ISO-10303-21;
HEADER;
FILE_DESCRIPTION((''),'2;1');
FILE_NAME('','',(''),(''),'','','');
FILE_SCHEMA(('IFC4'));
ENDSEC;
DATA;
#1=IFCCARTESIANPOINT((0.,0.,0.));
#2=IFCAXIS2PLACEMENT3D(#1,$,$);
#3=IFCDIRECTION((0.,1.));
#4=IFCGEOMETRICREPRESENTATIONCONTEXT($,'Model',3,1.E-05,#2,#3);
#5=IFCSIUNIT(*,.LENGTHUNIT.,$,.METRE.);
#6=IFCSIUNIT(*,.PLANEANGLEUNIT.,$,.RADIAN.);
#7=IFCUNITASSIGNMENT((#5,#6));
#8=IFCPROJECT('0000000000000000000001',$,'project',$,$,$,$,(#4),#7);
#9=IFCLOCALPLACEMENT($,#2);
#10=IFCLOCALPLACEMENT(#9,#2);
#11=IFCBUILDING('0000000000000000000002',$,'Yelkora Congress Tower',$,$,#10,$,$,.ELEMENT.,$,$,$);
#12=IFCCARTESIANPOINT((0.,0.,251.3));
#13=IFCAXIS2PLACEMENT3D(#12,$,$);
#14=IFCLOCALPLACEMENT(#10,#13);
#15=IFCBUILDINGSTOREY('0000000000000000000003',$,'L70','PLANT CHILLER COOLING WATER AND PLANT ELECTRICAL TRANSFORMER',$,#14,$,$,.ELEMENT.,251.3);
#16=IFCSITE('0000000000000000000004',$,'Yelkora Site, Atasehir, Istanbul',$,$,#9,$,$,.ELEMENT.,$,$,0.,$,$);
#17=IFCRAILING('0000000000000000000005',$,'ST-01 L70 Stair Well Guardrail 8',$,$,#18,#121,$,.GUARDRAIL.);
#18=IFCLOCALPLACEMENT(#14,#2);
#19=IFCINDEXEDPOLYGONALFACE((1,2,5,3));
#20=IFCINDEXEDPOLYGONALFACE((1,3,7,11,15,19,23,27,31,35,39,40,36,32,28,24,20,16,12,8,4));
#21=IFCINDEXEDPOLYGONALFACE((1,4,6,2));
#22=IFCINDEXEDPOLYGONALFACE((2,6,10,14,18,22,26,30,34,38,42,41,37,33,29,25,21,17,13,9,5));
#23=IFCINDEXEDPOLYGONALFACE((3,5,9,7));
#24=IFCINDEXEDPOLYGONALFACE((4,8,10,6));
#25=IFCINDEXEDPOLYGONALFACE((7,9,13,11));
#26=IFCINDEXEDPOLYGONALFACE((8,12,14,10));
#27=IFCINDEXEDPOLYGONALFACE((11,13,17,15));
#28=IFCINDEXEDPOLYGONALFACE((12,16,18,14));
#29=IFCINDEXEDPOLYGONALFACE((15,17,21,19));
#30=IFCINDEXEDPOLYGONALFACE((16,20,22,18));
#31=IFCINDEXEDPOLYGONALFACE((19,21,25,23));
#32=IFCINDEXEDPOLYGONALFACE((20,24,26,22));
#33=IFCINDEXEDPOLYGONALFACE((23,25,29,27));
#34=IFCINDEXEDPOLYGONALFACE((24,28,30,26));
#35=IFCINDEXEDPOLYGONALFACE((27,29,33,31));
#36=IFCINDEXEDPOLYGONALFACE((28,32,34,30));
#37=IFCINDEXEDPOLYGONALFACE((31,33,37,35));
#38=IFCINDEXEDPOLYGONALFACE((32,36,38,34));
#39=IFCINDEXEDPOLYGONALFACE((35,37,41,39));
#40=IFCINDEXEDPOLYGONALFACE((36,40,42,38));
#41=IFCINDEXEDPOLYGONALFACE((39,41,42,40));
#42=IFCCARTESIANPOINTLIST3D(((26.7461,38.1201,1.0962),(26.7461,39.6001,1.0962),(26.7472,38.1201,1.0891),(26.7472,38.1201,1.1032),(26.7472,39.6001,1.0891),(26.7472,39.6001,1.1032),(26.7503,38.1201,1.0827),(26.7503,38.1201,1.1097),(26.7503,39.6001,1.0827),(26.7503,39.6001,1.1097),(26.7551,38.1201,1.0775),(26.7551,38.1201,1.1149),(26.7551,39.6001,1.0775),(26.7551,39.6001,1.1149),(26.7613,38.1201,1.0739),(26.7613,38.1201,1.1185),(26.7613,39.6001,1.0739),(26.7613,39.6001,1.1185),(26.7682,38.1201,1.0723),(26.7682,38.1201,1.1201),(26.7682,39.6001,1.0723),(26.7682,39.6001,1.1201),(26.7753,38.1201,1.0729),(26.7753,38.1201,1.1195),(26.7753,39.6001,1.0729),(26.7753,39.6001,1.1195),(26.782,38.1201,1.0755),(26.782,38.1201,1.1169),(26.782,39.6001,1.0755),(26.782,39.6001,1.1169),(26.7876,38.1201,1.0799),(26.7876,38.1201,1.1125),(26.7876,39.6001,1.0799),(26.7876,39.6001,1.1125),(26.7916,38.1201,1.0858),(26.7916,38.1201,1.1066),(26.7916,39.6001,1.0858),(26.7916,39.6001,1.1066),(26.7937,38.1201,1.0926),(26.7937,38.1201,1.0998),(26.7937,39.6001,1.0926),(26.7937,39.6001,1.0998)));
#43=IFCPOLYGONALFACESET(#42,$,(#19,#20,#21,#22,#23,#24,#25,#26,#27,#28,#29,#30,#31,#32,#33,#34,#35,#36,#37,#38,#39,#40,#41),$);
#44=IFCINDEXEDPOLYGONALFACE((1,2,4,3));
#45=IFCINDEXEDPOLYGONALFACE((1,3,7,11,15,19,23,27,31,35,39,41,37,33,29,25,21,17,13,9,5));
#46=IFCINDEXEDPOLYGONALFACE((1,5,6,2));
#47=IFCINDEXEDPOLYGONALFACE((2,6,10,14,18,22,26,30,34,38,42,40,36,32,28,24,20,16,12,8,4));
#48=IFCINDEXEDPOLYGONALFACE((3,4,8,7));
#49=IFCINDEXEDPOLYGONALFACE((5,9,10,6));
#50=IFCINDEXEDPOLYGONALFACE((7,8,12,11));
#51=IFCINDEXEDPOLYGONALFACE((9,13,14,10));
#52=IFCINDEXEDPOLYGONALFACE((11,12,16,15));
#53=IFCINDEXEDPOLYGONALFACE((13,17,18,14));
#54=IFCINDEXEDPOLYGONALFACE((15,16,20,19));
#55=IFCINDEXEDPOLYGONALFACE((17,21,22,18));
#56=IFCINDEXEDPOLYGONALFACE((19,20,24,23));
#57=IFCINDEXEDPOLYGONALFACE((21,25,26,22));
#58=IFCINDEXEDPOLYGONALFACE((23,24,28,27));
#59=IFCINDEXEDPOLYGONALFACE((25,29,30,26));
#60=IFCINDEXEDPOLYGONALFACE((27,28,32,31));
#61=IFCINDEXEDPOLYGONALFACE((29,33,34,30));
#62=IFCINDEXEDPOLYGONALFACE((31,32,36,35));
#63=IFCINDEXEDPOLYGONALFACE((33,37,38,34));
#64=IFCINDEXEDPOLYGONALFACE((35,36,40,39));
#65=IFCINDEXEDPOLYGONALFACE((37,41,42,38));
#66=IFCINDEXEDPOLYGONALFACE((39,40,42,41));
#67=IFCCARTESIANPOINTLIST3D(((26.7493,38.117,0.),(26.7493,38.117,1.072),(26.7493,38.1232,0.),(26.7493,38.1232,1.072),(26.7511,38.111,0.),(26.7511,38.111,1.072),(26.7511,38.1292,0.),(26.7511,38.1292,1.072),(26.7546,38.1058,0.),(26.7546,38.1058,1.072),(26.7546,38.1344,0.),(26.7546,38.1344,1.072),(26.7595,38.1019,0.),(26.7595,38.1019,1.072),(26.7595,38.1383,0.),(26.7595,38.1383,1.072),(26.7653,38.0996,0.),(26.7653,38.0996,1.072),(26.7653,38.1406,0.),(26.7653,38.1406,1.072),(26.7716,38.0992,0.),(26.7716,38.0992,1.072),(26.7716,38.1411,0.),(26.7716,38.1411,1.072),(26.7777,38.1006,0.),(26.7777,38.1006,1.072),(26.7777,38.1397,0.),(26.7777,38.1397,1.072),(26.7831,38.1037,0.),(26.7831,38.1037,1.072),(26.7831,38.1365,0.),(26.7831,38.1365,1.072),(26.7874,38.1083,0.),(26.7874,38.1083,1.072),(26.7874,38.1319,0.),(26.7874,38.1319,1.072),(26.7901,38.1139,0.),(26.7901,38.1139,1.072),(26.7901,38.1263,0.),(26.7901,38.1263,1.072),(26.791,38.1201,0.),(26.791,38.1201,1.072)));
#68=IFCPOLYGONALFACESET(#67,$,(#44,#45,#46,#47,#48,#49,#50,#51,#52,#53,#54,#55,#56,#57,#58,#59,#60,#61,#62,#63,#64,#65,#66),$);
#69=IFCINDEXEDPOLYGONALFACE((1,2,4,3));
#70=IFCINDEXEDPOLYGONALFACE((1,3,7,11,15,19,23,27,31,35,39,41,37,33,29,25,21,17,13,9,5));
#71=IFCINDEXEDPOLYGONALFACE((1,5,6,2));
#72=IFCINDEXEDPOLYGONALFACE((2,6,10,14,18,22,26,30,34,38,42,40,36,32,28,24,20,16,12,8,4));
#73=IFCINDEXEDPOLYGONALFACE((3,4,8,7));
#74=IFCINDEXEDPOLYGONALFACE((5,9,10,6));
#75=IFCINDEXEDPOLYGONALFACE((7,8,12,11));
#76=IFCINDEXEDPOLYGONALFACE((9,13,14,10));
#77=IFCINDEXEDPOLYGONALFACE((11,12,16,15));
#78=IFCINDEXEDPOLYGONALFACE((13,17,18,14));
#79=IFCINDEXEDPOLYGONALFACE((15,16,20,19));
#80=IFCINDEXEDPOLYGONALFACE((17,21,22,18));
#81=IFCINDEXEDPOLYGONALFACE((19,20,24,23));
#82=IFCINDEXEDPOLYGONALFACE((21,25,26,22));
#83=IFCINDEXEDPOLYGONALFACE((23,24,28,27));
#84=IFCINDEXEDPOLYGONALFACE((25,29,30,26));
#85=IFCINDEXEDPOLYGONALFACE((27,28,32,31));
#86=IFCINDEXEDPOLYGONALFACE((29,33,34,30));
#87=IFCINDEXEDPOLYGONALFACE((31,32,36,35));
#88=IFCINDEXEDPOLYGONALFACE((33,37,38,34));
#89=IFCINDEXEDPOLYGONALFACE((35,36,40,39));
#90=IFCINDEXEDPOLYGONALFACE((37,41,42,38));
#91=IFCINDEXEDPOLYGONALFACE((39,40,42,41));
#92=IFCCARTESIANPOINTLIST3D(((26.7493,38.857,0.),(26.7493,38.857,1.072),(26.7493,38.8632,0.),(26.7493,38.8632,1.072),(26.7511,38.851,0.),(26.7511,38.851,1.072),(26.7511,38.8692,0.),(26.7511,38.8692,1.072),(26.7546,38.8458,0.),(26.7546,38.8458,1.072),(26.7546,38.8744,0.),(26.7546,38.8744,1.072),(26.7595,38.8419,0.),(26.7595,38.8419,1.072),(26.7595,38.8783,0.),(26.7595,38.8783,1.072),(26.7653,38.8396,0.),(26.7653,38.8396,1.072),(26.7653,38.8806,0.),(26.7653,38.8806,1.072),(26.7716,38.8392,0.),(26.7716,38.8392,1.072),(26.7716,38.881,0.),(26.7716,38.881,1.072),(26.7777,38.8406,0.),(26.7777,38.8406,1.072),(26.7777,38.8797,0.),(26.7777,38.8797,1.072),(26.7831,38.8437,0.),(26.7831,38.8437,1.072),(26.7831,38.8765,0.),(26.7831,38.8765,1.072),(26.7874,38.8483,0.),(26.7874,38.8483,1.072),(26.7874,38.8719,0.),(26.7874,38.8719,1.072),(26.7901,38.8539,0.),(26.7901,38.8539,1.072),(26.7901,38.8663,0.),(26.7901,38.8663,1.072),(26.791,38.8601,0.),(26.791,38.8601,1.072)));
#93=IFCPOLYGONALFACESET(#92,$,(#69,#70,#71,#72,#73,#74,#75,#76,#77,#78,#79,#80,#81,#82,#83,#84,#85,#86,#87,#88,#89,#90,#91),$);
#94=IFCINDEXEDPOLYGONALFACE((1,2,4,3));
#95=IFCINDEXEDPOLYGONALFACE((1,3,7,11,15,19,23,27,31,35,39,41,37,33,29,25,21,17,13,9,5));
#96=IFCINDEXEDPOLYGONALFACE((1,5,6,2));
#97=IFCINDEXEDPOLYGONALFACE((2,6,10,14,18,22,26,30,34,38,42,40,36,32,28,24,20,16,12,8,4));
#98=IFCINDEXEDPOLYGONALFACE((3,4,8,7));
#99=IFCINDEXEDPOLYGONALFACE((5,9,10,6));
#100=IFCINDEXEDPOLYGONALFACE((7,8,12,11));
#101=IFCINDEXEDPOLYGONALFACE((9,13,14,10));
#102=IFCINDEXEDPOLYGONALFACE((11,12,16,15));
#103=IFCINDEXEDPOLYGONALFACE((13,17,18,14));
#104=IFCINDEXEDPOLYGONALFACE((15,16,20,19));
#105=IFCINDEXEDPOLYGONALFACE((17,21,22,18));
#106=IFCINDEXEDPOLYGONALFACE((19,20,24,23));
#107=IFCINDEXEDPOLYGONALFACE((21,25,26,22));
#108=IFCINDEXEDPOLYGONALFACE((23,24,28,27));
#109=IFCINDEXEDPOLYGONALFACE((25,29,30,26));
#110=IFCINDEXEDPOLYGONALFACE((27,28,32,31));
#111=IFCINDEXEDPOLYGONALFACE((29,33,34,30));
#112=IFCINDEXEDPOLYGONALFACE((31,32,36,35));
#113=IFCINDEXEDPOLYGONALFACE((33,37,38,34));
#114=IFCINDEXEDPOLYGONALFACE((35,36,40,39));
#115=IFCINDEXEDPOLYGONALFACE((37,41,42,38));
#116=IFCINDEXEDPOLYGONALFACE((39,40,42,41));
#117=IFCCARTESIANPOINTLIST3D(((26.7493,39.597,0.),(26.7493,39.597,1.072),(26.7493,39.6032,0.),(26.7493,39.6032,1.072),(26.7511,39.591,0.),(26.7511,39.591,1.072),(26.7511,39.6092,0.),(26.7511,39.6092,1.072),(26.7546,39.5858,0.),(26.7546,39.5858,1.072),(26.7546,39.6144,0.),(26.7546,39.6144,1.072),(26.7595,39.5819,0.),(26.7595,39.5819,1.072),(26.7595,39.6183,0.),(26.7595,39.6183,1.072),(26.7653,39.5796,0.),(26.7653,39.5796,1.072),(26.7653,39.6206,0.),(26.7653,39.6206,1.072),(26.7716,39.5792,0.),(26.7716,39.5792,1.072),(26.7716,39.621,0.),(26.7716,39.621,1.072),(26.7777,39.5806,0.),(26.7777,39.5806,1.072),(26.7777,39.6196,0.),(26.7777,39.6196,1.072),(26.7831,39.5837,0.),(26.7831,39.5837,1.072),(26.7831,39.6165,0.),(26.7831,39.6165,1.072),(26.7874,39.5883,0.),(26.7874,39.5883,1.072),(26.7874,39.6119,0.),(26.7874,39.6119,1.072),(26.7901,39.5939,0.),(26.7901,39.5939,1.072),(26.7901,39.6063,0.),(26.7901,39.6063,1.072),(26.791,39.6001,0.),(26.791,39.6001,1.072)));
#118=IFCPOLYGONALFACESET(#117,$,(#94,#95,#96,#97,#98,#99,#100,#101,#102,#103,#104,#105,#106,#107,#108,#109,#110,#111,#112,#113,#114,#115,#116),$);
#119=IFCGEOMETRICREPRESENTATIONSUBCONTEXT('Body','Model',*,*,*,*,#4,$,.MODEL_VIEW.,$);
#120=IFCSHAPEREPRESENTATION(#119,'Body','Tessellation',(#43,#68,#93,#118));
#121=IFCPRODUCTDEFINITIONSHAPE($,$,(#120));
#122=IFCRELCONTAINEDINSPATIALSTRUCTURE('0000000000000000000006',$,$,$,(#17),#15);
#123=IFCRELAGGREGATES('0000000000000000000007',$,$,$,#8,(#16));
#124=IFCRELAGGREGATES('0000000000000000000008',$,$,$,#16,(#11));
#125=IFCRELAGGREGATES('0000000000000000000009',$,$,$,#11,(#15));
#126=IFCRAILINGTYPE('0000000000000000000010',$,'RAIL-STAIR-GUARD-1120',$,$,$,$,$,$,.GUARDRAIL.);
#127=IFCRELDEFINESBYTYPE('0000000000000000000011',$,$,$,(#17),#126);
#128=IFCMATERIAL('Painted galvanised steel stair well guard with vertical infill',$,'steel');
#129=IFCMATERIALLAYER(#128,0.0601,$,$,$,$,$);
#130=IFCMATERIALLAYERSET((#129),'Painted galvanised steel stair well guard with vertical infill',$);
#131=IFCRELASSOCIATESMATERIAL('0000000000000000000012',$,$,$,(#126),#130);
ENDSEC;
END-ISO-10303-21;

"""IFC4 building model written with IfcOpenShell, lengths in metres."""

from ifc_helpers import new_model, si_unit, direction, frame, origin, origin_2d, place, context, subcontext, project, spatial, circle, extrude, material, layer, layer_set, type_object, element, save


model = new_model("IFC4")

# Units and contexts
model_context = context("Model", 3, precision=1e-05, world=origin(), true_north=direction((0.0, 1.0)))
body_context = subcontext(model_context, "Body", "Model", "MODEL_VIEW")
ifc_project = project(units=[si_unit("LENGTHUNIT", "METRE"), si_unit("PLANEANGLEUNIT", "RADIAN")], contexts=[model_context])

# Site, building, storey
site_placement = place(None, origin())
site = spatial("IfcSite", under=ifc_project, at=site_placement, Name="Yelkora Site, Atasehir, Istanbul", CompositionType="ELEMENT", RefElevation=0.0)
building_placement = place(site_placement, origin())
building = spatial("IfcBuilding", under=site, at=building_placement, Name="Yelkora Congress Tower", CompositionType="ELEMENT")
storey_placement = place(building_placement, frame((0.0, 0.0, 251.3)))
storey = spatial("IfcBuildingStorey", under=building, at=storey_placement, Name="L70", Description="PLANT CHILLER COOLING WATER AND PLANT ELECTRICAL TRANSFORMER", CompositionType="ELEMENT", Elevation=251.3)

# Railing
ifc_material_1 = material(Name="Painted galvanised steel stair well guard with vertical infill", Category="steel")
ifc_layer_1 = layer(ifc_material_1, 0.0601)
ifc_layer_set_1 = layer_set([ifc_layer_1], Name="Painted galvanised steel stair well guard with vertical infill")
railing_type_1 = type_object("IfcRailingType", Name="RAIL-STAIR-GUARD-1120", PredefinedType="GUARDRAIL", material=ifc_layer_set_1)
railing_1_placement = place(storey_placement, frame((26.77, 38.1201, 0.0)))
element("IfcRailing", 1, at=railing_1_placement, inside=storey, type_object=railing_type_1, Name="ST-01 L70 Stair Well Guardrail 8", PredefinedType="GUARDRAIL", context=body_context, shape_type="SweptSolid", body=[
    extrude(circle(Radius=0.0239, at=origin_2d()), frame((0.0, 0.0, 1.0962), z_axis=(0.0, 1.0, 0.0), x_axis=(-1.0, 0.0, 0.0)), (0.0, 0.0, 1.0), 1.48),
    extrude(circle(Radius=0.021, at=origin_2d()), origin(), (0.0, 0.0, 1.0), 1.072),
    extrude(circle(Radius=0.021, at=origin_2d()), frame((0.0, 0.74, 0.0)), (0.0, 0.0, 1.0), 1.072),
    extrude(circle(Radius=0.021, at=origin_2d()), frame((0.0, 1.48, 0.0)), (0.0, 0.0, 1.0), 1.072),
])

save(model, "model.ifc")
